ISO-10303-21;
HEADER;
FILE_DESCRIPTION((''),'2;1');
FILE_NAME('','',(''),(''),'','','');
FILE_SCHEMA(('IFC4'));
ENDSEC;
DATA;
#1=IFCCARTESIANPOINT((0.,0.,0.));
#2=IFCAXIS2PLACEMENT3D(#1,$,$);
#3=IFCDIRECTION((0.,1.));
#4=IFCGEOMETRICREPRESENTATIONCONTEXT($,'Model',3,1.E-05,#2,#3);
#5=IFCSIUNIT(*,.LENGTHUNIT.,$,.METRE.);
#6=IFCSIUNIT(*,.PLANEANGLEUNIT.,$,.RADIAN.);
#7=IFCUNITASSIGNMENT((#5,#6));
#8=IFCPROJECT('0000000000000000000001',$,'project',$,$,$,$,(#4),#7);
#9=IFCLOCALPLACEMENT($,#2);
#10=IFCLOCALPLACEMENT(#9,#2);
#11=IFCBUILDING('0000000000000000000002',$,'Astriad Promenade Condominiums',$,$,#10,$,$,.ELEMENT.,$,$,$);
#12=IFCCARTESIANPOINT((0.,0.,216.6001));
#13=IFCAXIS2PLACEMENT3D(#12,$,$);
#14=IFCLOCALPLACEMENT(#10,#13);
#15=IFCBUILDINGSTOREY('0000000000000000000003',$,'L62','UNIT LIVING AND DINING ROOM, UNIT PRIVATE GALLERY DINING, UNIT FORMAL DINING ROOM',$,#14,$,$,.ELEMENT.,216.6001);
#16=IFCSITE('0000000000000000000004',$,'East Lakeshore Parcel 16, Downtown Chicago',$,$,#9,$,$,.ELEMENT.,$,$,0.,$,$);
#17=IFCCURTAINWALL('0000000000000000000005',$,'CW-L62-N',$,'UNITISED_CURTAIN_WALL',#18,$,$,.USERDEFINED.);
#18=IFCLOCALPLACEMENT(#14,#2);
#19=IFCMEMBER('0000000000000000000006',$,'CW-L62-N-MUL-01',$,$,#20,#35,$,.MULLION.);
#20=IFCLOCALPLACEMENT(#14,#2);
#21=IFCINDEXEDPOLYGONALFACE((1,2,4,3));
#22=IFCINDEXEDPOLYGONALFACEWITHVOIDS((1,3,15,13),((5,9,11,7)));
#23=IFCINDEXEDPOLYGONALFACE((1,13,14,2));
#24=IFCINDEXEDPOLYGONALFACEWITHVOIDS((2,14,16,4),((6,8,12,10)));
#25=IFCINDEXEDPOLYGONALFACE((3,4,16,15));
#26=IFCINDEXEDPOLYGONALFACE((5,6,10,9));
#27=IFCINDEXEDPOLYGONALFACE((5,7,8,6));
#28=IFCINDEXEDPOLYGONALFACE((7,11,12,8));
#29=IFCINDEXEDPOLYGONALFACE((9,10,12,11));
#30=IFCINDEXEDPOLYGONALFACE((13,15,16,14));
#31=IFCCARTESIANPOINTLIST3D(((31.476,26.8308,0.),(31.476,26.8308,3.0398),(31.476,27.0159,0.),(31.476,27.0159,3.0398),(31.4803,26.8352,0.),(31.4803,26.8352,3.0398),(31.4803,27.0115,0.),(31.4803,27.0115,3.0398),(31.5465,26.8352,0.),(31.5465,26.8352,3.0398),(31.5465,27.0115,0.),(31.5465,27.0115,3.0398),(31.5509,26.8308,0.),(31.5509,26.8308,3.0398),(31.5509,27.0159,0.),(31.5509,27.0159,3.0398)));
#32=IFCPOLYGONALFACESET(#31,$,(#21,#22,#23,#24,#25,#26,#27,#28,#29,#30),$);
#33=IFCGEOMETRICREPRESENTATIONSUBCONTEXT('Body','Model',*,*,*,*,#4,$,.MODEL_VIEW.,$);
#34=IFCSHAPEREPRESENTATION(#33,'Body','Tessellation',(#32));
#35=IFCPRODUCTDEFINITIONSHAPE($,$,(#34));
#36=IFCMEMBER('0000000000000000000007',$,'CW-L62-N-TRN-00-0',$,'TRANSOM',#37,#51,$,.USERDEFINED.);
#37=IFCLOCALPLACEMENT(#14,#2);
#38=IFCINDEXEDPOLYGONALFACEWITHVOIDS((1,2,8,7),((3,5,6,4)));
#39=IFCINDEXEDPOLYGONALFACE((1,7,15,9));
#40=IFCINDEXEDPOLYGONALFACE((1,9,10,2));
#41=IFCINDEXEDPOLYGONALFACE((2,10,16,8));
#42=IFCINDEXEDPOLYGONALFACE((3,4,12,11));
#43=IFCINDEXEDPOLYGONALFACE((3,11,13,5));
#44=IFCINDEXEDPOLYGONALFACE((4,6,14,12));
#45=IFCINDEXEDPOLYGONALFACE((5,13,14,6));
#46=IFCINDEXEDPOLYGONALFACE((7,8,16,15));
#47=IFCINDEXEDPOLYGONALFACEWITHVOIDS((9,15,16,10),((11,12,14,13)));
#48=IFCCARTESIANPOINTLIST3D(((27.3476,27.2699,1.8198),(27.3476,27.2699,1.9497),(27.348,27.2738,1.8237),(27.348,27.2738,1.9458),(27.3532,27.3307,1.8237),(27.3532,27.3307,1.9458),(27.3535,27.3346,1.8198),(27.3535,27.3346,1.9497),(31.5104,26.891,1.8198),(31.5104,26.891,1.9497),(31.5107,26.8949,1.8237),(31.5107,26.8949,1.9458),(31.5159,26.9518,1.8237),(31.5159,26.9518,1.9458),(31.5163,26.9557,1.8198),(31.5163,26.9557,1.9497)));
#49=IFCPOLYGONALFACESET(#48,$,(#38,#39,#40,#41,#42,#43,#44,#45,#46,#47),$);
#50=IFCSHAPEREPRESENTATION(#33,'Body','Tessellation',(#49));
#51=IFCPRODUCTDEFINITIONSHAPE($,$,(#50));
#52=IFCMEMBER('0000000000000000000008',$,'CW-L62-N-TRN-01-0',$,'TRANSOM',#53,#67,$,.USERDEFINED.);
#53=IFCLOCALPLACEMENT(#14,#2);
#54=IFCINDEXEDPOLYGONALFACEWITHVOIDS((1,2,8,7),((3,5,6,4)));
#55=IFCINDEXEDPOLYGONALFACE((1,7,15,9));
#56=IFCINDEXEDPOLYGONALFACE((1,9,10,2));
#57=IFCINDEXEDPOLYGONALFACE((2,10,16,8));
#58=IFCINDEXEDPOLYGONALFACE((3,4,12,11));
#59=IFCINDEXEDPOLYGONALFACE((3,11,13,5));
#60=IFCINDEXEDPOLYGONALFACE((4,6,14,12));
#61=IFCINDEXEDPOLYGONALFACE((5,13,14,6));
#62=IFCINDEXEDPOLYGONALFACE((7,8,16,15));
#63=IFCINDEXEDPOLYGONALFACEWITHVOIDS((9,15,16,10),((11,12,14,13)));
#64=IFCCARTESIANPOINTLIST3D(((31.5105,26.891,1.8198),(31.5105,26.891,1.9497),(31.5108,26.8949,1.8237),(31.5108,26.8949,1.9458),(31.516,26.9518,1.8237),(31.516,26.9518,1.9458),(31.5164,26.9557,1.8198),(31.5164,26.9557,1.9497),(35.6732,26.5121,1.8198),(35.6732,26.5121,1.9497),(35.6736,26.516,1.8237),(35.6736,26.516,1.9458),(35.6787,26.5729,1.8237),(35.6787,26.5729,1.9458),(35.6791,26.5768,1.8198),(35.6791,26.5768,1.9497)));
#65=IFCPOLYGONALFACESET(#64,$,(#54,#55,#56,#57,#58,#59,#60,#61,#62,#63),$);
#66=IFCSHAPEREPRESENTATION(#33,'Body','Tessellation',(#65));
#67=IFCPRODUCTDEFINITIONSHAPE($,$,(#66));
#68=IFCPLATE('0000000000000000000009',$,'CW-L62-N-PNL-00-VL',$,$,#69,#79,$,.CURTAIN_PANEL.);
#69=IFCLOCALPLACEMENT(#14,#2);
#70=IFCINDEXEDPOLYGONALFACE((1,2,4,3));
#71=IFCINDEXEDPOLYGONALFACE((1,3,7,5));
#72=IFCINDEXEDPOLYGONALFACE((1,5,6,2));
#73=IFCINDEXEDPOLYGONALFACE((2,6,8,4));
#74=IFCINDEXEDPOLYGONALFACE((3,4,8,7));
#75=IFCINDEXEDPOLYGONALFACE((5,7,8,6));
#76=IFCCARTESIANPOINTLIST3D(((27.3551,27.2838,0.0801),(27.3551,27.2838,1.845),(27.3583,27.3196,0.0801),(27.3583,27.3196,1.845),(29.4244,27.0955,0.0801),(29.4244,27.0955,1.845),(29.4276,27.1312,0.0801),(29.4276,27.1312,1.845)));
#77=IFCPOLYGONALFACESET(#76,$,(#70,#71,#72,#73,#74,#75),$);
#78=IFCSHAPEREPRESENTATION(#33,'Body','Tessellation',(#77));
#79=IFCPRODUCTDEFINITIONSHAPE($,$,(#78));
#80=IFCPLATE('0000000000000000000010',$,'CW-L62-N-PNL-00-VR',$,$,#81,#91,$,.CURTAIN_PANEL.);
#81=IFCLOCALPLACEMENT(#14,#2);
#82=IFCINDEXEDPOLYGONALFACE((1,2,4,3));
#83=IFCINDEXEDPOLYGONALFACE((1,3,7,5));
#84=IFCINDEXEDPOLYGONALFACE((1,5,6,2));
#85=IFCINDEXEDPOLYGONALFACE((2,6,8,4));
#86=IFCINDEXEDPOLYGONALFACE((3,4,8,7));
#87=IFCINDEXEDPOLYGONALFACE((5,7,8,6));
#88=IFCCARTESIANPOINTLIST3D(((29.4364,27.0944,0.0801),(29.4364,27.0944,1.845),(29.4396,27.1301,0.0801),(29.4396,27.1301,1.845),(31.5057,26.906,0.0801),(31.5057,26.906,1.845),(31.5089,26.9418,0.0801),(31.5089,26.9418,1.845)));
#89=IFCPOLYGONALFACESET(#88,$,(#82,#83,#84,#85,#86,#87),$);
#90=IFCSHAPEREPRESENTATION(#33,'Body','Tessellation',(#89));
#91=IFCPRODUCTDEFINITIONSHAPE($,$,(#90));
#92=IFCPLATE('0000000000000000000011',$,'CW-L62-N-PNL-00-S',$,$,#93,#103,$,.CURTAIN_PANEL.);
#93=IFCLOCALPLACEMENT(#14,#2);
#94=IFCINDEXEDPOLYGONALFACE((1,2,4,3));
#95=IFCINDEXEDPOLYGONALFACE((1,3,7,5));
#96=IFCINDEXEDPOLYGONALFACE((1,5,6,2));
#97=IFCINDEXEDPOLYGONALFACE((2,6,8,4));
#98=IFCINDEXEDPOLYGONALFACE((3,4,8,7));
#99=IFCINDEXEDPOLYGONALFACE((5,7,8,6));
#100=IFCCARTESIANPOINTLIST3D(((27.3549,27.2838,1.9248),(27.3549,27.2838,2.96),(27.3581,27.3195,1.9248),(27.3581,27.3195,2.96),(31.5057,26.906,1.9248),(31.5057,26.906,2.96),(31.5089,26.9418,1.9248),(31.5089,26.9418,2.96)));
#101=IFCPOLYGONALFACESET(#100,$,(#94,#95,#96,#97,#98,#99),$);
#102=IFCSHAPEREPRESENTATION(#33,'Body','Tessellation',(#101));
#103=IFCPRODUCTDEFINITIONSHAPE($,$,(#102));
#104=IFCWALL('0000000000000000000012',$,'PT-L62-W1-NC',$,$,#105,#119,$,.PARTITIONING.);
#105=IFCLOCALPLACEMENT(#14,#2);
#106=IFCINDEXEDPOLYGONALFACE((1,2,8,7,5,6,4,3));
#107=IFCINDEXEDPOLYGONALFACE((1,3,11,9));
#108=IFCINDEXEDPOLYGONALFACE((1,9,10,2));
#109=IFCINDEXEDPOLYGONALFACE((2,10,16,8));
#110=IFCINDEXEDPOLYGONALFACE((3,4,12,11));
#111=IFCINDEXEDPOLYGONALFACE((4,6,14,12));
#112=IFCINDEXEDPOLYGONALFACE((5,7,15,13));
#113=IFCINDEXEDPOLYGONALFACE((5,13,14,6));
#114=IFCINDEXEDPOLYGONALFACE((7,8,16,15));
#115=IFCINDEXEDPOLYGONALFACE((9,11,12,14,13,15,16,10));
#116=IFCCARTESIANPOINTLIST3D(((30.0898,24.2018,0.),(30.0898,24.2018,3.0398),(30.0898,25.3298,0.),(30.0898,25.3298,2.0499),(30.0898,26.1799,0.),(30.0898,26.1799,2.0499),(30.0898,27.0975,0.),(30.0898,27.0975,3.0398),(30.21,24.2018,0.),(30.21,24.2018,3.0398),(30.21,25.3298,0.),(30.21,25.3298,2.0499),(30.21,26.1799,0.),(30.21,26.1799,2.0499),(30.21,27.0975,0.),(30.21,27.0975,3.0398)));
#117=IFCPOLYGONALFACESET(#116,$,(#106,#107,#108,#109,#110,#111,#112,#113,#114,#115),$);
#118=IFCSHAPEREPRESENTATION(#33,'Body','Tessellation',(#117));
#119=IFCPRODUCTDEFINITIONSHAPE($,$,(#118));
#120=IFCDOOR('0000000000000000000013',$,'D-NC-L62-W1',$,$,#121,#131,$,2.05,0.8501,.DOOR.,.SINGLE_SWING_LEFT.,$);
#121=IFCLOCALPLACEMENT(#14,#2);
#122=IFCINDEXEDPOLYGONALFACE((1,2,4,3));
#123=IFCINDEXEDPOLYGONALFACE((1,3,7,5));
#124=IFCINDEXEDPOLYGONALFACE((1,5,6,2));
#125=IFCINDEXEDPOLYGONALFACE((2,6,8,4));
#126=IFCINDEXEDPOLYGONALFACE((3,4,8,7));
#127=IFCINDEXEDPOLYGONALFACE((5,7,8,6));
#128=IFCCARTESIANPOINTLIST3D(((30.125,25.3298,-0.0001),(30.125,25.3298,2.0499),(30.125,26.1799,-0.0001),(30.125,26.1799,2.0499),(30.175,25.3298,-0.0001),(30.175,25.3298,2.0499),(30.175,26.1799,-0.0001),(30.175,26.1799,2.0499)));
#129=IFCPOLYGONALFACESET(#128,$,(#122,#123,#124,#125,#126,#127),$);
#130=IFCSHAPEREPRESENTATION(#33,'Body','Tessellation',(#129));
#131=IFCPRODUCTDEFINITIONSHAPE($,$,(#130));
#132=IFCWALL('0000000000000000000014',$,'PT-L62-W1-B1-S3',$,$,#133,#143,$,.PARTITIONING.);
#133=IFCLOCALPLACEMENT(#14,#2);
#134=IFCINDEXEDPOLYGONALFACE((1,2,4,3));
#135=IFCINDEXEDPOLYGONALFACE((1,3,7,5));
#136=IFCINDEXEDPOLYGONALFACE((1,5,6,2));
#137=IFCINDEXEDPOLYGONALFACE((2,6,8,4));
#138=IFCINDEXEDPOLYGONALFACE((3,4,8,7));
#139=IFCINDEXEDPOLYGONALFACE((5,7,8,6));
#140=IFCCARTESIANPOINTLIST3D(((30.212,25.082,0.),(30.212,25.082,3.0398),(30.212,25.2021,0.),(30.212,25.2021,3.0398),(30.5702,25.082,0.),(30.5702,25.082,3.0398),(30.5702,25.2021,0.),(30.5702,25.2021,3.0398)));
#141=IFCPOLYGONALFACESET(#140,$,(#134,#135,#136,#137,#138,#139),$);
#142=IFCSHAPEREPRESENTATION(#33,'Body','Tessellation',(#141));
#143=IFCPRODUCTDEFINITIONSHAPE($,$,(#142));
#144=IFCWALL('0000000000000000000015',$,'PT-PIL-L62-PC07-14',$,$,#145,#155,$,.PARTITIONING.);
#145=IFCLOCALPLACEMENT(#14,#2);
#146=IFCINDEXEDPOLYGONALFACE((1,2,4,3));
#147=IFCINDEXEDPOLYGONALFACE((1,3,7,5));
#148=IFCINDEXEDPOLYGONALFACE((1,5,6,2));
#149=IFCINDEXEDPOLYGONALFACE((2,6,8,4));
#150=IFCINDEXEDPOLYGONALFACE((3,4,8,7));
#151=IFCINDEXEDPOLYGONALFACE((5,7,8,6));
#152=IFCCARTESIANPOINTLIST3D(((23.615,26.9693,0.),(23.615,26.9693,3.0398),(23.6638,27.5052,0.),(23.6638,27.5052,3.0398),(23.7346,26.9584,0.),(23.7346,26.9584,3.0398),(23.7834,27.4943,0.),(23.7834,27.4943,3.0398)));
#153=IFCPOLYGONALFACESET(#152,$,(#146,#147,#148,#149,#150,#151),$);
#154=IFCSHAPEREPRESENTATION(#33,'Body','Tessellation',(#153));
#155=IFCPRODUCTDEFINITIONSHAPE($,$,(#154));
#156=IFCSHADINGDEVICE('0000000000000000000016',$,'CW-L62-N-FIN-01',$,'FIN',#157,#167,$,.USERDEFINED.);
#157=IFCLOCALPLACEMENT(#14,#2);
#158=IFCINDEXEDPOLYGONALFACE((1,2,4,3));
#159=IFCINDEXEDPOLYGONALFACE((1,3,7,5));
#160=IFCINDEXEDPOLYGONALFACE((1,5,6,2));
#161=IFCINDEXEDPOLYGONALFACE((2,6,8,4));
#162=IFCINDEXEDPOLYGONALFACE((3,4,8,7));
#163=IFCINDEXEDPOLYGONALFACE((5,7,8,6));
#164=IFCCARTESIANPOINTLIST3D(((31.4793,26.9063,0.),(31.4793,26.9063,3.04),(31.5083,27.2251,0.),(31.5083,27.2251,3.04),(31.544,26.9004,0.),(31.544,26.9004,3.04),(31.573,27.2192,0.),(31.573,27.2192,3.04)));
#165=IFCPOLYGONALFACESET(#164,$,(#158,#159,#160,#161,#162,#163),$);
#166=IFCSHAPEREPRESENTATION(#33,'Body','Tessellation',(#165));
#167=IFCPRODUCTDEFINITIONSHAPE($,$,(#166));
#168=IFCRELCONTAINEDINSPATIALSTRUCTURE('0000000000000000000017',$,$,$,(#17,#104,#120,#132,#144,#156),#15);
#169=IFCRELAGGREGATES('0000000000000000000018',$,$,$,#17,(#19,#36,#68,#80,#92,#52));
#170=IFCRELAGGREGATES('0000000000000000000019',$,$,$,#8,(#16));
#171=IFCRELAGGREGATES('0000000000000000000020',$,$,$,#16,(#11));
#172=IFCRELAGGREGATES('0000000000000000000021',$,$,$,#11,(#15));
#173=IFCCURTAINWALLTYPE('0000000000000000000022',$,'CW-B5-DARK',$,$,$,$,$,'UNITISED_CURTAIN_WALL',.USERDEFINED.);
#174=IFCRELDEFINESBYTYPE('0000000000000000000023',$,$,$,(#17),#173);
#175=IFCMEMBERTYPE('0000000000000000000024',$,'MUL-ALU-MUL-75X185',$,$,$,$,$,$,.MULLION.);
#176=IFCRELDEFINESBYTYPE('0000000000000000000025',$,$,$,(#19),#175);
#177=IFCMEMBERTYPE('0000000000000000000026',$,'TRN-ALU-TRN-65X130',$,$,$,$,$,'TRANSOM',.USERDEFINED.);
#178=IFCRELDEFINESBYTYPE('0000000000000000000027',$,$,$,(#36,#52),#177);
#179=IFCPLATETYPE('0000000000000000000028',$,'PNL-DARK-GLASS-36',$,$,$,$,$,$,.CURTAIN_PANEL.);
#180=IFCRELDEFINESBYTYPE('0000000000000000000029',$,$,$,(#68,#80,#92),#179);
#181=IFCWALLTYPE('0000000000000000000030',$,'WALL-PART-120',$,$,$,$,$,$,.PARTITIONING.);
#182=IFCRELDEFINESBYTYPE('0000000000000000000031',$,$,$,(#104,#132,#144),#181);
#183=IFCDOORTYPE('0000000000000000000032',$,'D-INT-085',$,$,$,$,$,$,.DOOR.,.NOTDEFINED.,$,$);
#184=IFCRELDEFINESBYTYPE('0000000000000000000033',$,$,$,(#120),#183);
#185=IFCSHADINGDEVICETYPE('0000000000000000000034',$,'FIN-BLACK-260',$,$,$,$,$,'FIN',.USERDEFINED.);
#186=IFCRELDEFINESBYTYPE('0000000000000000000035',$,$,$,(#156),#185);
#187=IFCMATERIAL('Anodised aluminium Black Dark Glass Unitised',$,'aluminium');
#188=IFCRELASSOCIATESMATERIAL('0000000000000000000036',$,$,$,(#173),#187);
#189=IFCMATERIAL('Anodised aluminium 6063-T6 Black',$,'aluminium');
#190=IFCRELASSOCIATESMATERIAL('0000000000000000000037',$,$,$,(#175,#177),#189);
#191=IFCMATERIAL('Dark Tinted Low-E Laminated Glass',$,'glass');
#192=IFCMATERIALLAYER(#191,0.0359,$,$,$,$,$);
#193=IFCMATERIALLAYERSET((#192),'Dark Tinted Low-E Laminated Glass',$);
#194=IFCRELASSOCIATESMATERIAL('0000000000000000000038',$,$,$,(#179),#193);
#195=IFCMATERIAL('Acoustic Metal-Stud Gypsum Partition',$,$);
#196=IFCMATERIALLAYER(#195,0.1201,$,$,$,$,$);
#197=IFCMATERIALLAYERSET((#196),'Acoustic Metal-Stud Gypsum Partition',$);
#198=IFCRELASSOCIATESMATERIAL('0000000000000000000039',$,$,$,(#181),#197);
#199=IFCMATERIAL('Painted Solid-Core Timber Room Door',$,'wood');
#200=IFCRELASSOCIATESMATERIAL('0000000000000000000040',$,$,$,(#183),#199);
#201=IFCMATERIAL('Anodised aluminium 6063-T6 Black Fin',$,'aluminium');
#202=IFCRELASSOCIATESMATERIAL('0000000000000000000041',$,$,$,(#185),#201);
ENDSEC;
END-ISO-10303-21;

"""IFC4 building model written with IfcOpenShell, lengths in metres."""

from ifc_helpers import new_model, si_unit, direction, frame, frame_2d, origin, origin_2d, place, context, subcontext, project, spatial, rectangle, hollow_rectangle, extrude, source, transform, mapped, material, layer, layer_set, material_profile, profile_set, type_object, type_shapes, element, fill, aggregate, save


model = new_model("IFC4")

# Units and contexts
model_context = context("Model", 3, precision=1e-05, world=origin(), true_north=direction((0.0, 1.0)))
body_context = subcontext(model_context, "Body", "Model", "MODEL_VIEW")
ifc_project = project(units=[si_unit("LENGTHUNIT", "METRE"), si_unit("PLANEANGLEUNIT", "RADIAN")], contexts=[model_context])

# Site, building, storey
site_placement = place(None, origin())
site = spatial("IfcSite", under=ifc_project, at=site_placement, Name="East Lakeshore Parcel 16, Downtown Chicago", CompositionType="ELEMENT", RefElevation=0.0)
building_placement = place(site_placement, origin())
building = spatial("IfcBuilding", under=site, at=building_placement, Name="Astriad Promenade Condominiums", CompositionType="ELEMENT")
storey_placement = place(building_placement, frame((0.0, 0.0, 216.6001)))
storey = spatial("IfcBuildingStorey", under=building, at=storey_placement, Name="L62", Description="UNIT LIVING AND DINING ROOM, UNIT PRIVATE GALLERY DINING, UNIT FORMAL DINING ROOM", CompositionType="ELEMENT", Elevation=216.6001)

# Curtain wall, members, plates
ifc_material_1 = material(Name="Anodised aluminium Black Dark Glass Unitised", Category="aluminium")
curtain_wall_type = type_object("IfcCurtainWallType", Name="CW-B5-DARK", ElementType="UNITISED_CURTAIN_WALL", PredefinedType="USERDEFINED", material=ifc_material_1)
curtain_wall_placement = place(storey_placement, origin())
curtain_wall = element("IfcCurtainWall", 1, at=curtain_wall_placement, inside=storey, type_object=curtain_wall_type, Name="CW-L62-N", ObjectType="UNITISED_CURTAIN_WALL", PredefinedType="USERDEFINED")
ifc_material_2 = material(Name="Anodised aluminium 6063-T6 Black", Category="aluminium")
ifc_material_profile_1 = material_profile(ifc_material_2, hollow_rectangle(XDim=0.075, YDim=0.1851, WallThickness=0.0044, at=origin_2d()), Name="ALU-MUL-75X185")
ifc_profile_set_1 = profile_set([ifc_material_profile_1], Name="Anodised aluminium 6063-T6 Black")
member_type_1 = type_object("IfcMemberType", Name="MUL-ALU-MUL-75X185", PredefinedType="MULLION", material=ifc_profile_set_1)
shared_shape_1 = source(origin(), body_context, "Body", "SweptSolid", [
    extrude(hollow_rectangle(XDim=0.075, YDim=0.1851, WallThickness=0.0044, at=origin_2d()), origin(), (0.0, 0.0, 1.0), 3.0398),
])
type_shapes(member_type_1, [shared_shape_1])
member_1_placement = place(storey_placement, frame((31.5134, 26.9233, 0.0), z_axis=(0.0, 0.0, 1.0), x_axis=(1.0, 0.0, 0.0)))
member_1 = element("IfcMember", 2, at=member_1_placement, type_object=member_type_1, Name="CW-L62-N-MUL-01", PredefinedType="MULLION", context=body_context, shape_type="MappedRepresentation", body=[
    mapped(shared_shape_1, transform((0.0, 0.0, 0.0), scale=1.0)),
])
ifc_material_profile_2 = material_profile(ifc_material_2, hollow_rectangle(XDim=0.0649, YDim=0.1299, WallThickness=0.0039, at=origin_2d()), Name="ALU-TRN-65X130")
ifc_profile_set_2 = profile_set([ifc_material_profile_2], Name="Anodised aluminium 6063-T6 Black")
member_type_2 = type_object("IfcMemberType", Name="TRN-ALU-TRN-65X130", ElementType="TRANSOM", PredefinedType="USERDEFINED", material=ifc_profile_set_2)
shared_shape_2 = source(origin(), body_context, "Body", "SweptSolid", [
    extrude(hollow_rectangle(XDim=0.0649, YDim=0.1299, WallThickness=0.0039, at=origin_2d()), origin(), (0.0, 0.0, 1.0), 4.1799),
])
type_shapes(member_type_2, [shared_shape_2])
member_2_placement = place(storey_placement, frame((27.3506, 27.3022, 1.8848), z_axis=(0.995883, -0.090646, 0.0), x_axis=(0.090646, 0.995883, 0.0)))
member_2 = element("IfcMember", 3, at=member_2_placement, type_object=member_type_2, Name="CW-L62-N-TRN-00-0", ObjectType="TRANSOM", PredefinedType="USERDEFINED", context=body_context, shape_type="MappedRepresentation", body=[
    mapped(shared_shape_2, transform((0.0, 0.0, 0.0), scale=1.0)),
])
member_3_placement = place(storey_placement, frame((31.5134, 26.9233, 1.8848), z_axis=(0.995883, -0.090646, 0.0), x_axis=(0.090646, 0.995883, 0.0)))
member_3 = element("IfcMember", 4, at=member_3_placement, type_object=member_type_2, Name="CW-L62-N-TRN-01-0", ObjectType="TRANSOM", PredefinedType="USERDEFINED", context=body_context, shape_type="MappedRepresentation", body=[
    mapped(shared_shape_2, transform((0.0, 0.0, 0.0), scale=1.0)),
])
ifc_material_3 = material(Name="Dark Tinted Low-E Laminated Glass", Category="glass")
ifc_layer_1 = layer(ifc_material_3, 0.0359)
ifc_layer_set_1 = layer_set([ifc_layer_1], Name="Dark Tinted Low-E Laminated Glass")
plate_type = type_object("IfcPlateType", Name="PNL-DARK-GLASS-36", PredefinedType="CURTAIN_PANEL", material=ifc_layer_set_1)
shared_shape_3 = source(origin(), body_context, "Body", "SweptSolid", [
    extrude(rectangle(XDim=2.0779, YDim=0.0359, at=origin_2d()), origin(), (0.0, 0.0, 1.0), 1.7649),
])
plate_1_placement = place(storey_placement, frame((28.3914, 27.2075, 0.0801), z_axis=(0.0, 0.0, 1.0), x_axis=(0.995884, -0.090633, 0.0)))
plate_1 = element("IfcPlate", 5, at=plate_1_placement, type_object=plate_type, Name="CW-L62-N-PNL-00-VL", PredefinedType="CURTAIN_PANEL", context=body_context, shape_type="MappedRepresentation", body=[
    mapped(shared_shape_3, transform((0.0, 0.0, 0.0), scale=1.0)),
])
plate_2_placement = place(storey_placement, frame((30.4727, 27.0181, 0.0801), z_axis=(0.0, 0.0, 1.0), x_axis=(0.995884, -0.090633, 0.0)))
plate_2 = element("IfcPlate", 6, at=plate_2_placement, type_object=plate_type, Name="CW-L62-N-PNL-00-VR", PredefinedType="CURTAIN_PANEL", context=body_context, shape_type="MappedRepresentation", body=[
    mapped(shared_shape_3, transform((0.0, 0.0, 0.0), scale=1.0)),
])
shared_shape_4 = source(origin(), body_context, "Body", "SweptSolid", [
    extrude(rectangle(XDim=4.168, YDim=0.0359, at=origin_2d()), origin(), (0.0, 0.0, 1.0), 1.0352),
])
type_shapes(plate_type, [shared_shape_3, shared_shape_4])
plate_3_placement = place(storey_placement, frame((29.4319, 27.1128, 1.9248), z_axis=(0.0, 0.0, 1.0), x_axis=(0.995884, -0.090633, 0.0)))
plate_3 = element("IfcPlate", 7, at=plate_3_placement, type_object=plate_type, Name="CW-L62-N-PNL-00-S", PredefinedType="CURTAIN_PANEL", context=body_context, shape_type="MappedRepresentation", body=[
    mapped(shared_shape_4, transform((0.0, 0.0, 0.0), scale=1.0)),
])
aggregate(curtain_wall, [member_1, member_2, plate_1, plate_2, plate_3, member_3])

# Wall, opening, door
ifc_material_4 = material(Name="Acoustic Metal-Stud Gypsum Partition")
ifc_layer_2 = layer(ifc_material_4, 0.1201)
ifc_layer_set_2 = layer_set([ifc_layer_2], Name="Acoustic Metal-Stud Gypsum Partition")
wall_type = type_object("IfcWallType", Name="WALL-PART-120", PredefinedType="PARTITIONING", material=ifc_layer_set_2)
wall_1_placement = place(storey_placement, frame((30.1499, 24.2019, 0.0), z_axis=(0.0, 0.0, 1.0), x_axis=(0.0, 1.0, 0.0)))
wall_1 = element("IfcWall", 8, at=wall_1_placement, inside=storey, type_object=wall_type, Name="PT-L62-W1-NC", PredefinedType="PARTITIONING", context=body_context, shape_type="SweptSolid", body=[
    extrude(rectangle(XDim=2.8958, YDim=0.1201, at=frame_2d((1.4478, 0.0))), origin(), (0.0, 0.0, 1.0), 3.0398),
])
opening_placement = place(wall_1_placement, frame((1.1279, 0.0, 0.0)))
opening = element("IfcOpeningElement", 9, at=opening_placement, cuts=wall_1, PredefinedType="OPENING", context=body_context, shape_type="SweptSolid", body=[
    extrude(rectangle(XDim=0.8501, YDim=2.05, at=frame_2d((0.425, 1.0249))), frame((0.0, 0.0701, 0.0), z_axis=(0.0, -1.0, 0.0), x_axis=(1.0, 0.0, 0.0)), (0.0, 0.0, 1.0), 0.1401),
])
ifc_material_5 = material(Name="Painted Solid-Core Timber Room Door", Category="wood")
door_type = type_object("IfcDoorType", Name="D-INT-085", OperationType="NOTDEFINED", PredefinedType="DOOR", material=ifc_material_5)
shared_shape_5 = source(origin(), body_context, "Body", "SweptSolid", [
    extrude(rectangle(XDim=0.8501, YDim=2.05, at=frame_2d((0.425, 1.0249))), frame((0.0, 0.0249, 0.0), z_axis=(0.0, -1.0, 0.0), x_axis=(1.0, 0.0, 0.0)), (0.0, 0.0, 1.0), 0.05),
])
type_shapes(door_type, [shared_shape_5])
door_placement = place(opening_placement, origin())
door = element("IfcDoor", 10, at=door_placement, inside=storey, type_object=door_type, Name="D-NC-L62-W1", OperationType="SINGLE_SWING_LEFT", OverallHeight=2.05, OverallWidth=0.8501, PredefinedType="DOOR", context=body_context, shape_type="MappedRepresentation", body=[
    mapped(shared_shape_5, transform((0.0, 0.0, 0.0), scale=1.0)),
])
fill(opening, door)

# Walls
wall_2_placement = place(storey_placement, frame((30.2119, 25.1421, 0.0), z_axis=(0.0, 0.0, 1.0), x_axis=(1.0, 0.0, 0.0)))
element("IfcWall", 11, at=wall_2_placement, inside=storey, type_object=wall_type, Name="PT-L62-W1-B1-S3", PredefinedType="PARTITIONING", context=body_context, shape_type="SweptSolid", body=[
    extrude(rectangle(XDim=0.3582, YDim=0.1201, at=frame_2d((0.1792, 0.0))), origin(), (0.0, 0.0, 1.0), 3.0398),
])
wall_3_placement = place(storey_placement, frame((23.6748, 26.9639, 0.0), z_axis=(0.0, 0.0, 1.0), x_axis=(0.09074, 0.995875, 0.0)))
element("IfcWall", 12, at=wall_3_placement, inside=storey, type_object=wall_type, Name="PT-PIL-L62-PC07-14", PredefinedType="PARTITIONING", context=body_context, shape_type="SweptSolid", body=[
    extrude(rectangle(XDim=0.5381, YDim=0.1201, at=frame_2d((0.269, 0.0))), origin(), (0.0, 0.0, 1.0), 3.0398),
])

# Shading device
ifc_material_6 = material(Name="Anodised aluminium 6063-T6 Black Fin", Category="aluminium")
shading_device_type = type_object("IfcShadingDeviceType", Name="FIN-BLACK-260", ElementType="FIN", PredefinedType="USERDEFINED", material=ifc_material_6)
shared_shape_6 = source(origin(), body_context, "Body", "SweptSolid", [
    extrude(rectangle(XDim=0.0649, YDim=0.3201, at=origin_2d()), origin(), (0.0, 0.0, 1.0), 3.04),
])
type_shapes(shading_device_type, [shared_shape_6])
shading_device_placement = place(storey_placement, frame((31.5261, 27.0627, 0.0), z_axis=(0.0, 0.0, 1.0), x_axis=(0.995884, -0.090633, 0.0)))
element("IfcShadingDevice", 13, at=shading_device_placement, inside=storey, type_object=shading_device_type, Name="CW-L62-N-FIN-01", ObjectType="FIN", PredefinedType="USERDEFINED", context=body_context, shape_type="MappedRepresentation", body=[
    mapped(shared_shape_6, transform((0.0, 0.0, 0.0), scale=1.0)),
])

save(model, "model.ifc")
